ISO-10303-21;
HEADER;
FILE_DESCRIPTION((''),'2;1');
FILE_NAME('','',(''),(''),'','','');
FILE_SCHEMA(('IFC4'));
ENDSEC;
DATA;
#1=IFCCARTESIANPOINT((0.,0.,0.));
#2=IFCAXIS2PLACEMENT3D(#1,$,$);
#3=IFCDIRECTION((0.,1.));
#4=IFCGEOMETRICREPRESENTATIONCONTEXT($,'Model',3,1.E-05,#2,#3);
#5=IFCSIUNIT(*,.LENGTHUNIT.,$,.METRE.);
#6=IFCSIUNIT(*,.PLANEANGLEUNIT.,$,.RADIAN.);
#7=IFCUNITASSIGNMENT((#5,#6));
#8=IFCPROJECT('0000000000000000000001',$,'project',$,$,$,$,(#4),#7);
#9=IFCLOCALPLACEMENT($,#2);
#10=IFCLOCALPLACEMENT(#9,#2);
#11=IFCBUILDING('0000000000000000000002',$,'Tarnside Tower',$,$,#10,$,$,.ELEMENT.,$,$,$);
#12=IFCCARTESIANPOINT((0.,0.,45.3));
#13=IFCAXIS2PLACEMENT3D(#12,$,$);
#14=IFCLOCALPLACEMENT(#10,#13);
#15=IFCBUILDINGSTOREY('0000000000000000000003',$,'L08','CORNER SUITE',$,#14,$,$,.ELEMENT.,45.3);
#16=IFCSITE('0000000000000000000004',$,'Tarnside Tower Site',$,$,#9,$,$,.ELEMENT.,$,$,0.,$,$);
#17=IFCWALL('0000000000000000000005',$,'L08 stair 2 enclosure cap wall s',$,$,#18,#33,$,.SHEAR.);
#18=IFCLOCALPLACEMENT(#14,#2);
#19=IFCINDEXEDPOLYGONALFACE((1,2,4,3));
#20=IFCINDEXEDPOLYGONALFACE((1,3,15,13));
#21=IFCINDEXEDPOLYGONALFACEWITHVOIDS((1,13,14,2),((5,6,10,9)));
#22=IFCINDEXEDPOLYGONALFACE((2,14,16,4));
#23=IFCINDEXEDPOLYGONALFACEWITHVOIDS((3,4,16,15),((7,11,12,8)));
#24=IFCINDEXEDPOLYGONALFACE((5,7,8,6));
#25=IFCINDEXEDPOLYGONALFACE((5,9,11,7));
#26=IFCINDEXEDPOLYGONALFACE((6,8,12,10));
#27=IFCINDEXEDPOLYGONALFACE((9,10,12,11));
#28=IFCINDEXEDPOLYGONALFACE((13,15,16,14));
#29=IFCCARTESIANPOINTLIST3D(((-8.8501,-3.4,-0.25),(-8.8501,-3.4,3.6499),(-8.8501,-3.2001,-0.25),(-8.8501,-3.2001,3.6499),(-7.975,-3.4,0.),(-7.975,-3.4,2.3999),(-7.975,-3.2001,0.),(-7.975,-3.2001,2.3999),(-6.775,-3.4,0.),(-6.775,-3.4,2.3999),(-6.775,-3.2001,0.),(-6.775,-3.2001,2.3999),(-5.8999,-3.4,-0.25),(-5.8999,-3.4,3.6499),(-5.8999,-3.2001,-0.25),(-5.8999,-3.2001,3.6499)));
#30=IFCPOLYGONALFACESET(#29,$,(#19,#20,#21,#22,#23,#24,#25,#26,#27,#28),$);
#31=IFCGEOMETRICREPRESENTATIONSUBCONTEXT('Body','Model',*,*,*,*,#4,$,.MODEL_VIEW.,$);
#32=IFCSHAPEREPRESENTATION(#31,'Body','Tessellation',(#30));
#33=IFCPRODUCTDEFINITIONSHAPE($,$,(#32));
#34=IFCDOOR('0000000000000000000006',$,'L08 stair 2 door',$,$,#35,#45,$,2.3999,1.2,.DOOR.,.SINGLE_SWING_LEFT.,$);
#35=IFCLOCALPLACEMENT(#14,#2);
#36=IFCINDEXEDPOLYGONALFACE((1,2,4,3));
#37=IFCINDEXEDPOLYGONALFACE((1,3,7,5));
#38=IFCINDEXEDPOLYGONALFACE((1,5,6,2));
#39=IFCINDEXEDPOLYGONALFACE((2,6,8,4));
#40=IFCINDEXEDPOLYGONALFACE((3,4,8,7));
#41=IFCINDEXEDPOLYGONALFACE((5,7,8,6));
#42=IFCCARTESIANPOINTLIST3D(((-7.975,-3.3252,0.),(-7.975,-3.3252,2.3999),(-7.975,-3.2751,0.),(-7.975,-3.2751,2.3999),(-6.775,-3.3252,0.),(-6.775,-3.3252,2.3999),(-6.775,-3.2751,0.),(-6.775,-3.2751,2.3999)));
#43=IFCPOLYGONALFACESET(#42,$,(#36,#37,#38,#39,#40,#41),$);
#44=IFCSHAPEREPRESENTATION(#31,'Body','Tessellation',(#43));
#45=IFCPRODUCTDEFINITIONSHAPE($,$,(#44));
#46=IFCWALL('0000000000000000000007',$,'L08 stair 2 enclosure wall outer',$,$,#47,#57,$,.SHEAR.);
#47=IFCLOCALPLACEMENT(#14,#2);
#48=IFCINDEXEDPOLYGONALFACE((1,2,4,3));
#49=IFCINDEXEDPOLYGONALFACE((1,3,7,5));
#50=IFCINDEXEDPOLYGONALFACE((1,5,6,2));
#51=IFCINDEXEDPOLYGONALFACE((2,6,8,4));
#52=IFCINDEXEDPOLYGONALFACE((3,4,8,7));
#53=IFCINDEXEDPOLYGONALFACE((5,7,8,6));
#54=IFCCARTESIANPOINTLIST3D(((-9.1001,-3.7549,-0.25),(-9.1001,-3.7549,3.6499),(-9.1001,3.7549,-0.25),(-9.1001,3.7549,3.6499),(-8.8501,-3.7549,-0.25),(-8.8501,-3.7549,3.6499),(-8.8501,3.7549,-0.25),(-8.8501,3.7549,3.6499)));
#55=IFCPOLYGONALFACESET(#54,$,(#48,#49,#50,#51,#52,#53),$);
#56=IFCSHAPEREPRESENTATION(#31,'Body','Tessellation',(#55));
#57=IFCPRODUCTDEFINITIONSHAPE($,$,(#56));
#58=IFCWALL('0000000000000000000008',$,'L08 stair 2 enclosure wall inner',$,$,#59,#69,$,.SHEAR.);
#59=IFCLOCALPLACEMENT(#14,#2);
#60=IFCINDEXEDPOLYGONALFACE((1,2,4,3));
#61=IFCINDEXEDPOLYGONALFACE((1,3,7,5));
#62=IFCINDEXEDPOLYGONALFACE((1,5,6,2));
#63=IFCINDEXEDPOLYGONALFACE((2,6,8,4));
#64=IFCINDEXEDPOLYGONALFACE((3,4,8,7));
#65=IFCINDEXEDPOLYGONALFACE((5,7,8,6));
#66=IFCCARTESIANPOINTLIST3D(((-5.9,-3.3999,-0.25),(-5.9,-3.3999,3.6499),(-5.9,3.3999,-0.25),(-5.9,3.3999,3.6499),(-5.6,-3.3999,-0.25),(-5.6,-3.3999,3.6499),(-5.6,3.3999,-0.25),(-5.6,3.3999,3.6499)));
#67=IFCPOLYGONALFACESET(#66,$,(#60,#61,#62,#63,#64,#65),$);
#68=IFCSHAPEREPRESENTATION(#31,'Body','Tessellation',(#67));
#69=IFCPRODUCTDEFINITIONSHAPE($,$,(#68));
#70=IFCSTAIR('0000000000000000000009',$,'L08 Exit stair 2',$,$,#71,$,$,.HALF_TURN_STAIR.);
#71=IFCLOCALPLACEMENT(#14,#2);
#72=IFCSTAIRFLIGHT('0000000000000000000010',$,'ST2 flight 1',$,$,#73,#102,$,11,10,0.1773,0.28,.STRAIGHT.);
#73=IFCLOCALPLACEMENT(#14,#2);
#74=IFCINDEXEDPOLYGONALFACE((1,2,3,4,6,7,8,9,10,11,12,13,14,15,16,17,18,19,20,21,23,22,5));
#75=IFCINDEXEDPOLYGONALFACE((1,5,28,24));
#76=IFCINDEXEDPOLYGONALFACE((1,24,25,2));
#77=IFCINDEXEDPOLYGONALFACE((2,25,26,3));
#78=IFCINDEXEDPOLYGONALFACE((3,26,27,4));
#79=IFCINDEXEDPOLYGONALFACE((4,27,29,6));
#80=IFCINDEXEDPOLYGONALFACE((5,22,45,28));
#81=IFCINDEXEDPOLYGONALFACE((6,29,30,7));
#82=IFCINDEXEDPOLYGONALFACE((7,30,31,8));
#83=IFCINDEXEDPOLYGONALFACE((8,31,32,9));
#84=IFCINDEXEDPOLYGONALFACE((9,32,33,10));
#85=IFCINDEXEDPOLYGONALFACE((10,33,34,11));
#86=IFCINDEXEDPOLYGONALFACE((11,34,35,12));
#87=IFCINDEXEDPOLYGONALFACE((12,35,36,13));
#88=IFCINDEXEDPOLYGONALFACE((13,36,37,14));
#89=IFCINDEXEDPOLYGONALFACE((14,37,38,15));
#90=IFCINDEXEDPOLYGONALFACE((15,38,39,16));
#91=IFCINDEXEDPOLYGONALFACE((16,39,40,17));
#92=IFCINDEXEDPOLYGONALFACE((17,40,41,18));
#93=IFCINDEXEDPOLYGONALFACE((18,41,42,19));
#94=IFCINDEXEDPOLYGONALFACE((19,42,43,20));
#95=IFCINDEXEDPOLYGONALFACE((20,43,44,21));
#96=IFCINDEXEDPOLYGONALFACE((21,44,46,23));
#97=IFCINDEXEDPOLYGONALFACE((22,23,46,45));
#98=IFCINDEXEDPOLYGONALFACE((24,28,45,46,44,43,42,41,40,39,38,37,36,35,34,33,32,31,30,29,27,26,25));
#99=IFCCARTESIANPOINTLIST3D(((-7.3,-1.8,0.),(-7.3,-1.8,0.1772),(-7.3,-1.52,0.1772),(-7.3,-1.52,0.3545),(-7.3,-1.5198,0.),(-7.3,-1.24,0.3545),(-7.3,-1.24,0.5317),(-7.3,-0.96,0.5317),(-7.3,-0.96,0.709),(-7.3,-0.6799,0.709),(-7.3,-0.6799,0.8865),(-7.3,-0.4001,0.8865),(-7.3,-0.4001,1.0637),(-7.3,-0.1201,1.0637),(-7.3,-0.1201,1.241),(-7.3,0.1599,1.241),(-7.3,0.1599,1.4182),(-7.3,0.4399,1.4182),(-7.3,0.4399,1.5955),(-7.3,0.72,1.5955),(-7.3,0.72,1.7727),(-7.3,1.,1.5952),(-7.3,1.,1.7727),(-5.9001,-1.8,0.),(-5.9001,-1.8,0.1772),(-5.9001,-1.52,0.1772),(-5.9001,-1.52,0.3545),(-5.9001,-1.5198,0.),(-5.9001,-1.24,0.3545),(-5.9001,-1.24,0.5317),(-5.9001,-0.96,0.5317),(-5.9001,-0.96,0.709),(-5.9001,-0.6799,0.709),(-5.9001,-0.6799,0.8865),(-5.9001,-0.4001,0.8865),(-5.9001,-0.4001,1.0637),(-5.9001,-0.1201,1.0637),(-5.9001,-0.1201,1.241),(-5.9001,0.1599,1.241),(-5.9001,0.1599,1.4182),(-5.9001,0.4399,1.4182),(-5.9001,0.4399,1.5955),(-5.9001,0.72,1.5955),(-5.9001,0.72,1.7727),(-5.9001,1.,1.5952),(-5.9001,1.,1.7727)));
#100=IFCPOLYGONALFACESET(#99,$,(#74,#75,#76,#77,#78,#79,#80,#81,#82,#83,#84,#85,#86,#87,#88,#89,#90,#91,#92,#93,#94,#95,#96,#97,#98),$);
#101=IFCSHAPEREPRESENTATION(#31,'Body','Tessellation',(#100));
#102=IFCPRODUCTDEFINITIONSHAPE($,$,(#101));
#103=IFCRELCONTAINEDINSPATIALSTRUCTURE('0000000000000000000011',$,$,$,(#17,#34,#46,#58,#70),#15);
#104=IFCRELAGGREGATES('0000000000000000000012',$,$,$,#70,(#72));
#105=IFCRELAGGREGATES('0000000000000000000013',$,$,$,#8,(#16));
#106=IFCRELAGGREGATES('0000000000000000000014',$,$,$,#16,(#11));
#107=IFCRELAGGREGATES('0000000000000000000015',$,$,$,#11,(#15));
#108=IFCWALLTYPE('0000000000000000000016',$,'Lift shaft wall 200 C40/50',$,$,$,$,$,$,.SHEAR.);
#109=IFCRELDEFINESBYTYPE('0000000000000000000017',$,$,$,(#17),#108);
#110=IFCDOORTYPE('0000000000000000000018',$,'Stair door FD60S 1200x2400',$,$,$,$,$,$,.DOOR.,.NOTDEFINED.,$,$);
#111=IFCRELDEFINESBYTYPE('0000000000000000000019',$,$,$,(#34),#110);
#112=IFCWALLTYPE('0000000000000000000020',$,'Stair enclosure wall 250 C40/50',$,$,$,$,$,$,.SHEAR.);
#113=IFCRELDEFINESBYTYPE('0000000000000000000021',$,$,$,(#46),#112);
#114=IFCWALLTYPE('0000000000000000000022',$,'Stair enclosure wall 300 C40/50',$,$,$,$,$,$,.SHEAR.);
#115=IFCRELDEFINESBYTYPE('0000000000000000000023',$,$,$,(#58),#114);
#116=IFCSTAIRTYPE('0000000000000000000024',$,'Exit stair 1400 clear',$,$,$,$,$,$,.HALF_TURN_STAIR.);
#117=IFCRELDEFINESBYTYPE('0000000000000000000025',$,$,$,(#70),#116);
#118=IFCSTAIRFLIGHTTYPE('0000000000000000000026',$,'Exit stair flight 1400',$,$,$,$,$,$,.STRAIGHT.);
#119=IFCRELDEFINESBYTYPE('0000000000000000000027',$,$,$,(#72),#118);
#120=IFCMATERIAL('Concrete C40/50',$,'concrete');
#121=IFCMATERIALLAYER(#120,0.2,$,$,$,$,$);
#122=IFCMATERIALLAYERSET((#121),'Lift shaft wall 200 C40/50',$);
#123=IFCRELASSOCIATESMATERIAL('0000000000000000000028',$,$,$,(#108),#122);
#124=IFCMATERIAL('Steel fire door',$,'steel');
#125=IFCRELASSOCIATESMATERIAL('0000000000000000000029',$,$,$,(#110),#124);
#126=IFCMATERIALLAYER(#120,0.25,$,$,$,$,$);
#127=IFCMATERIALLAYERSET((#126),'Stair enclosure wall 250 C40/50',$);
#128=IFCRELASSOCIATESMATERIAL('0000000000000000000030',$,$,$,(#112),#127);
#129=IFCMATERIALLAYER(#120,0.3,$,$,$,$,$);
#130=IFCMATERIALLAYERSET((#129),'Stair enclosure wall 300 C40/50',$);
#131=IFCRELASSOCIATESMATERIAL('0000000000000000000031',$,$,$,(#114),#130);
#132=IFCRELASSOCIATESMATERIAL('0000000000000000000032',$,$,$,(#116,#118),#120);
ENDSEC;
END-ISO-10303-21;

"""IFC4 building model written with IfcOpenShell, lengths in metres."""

from ifc_helpers import new_model, si_unit, direction, frame, frame_2d, origin, place, context, subcontext, project, spatial, polyline, rectangle, outline, extrude, material, layer, layer_set, type_object, element, fill, aggregate, save


model = new_model("IFC4")

# Units and contexts
model_context = context("Model", 3, precision=1e-05, world=origin(), true_north=direction((0.0, 1.0)))
body_context = subcontext(model_context, "Body", "Model", "MODEL_VIEW")
ifc_project = project(units=[si_unit("LENGTHUNIT", "METRE"), si_unit("PLANEANGLEUNIT", "RADIAN")], contexts=[model_context])

# Site, building, storey
site_placement = place(None, origin())
site = spatial("IfcSite", under=ifc_project, at=site_placement, Name="Tarnside Tower Site", CompositionType="ELEMENT", RefElevation=0.0)
building_placement = place(site_placement, origin())
building = spatial("IfcBuilding", under=site, at=building_placement, Name="Tarnside Tower", CompositionType="ELEMENT")
storey_placement = place(building_placement, frame((0.0, 0.0, 45.3)))
storey = spatial("IfcBuildingStorey", under=building, at=storey_placement, Name="L08", Description="CORNER SUITE", CompositionType="ELEMENT", Elevation=45.3)

# Shared definitions
ifc_material_1 = material(Name="Steel fire door", Category="steel")

# Shared definitions
ifc_material_2 = material(Name="Concrete C40/50", Category="concrete")

# Shared definitions
ifc_layer_1 = layer(ifc_material_2, 0.2)
ifc_layer_set_1 = layer_set([ifc_layer_1], Name="Lift shaft wall 200 C40/50")
wall_type_1 = type_object("IfcWallType", Name="Lift shaft wall 200 C40/50", PredefinedType="SHEAR", material=ifc_layer_set_1)

# Wall, opening, door
wall_1_placement = place(storey_placement, frame((-8.8501, -3.3, -0.25), z_axis=(0.0, 0.0, 1.0), x_axis=(1.0, 0.0, 0.0)))
wall_1 = element("IfcWall", 1, at=wall_1_placement, inside=storey, type_object=wall_type_1, Name="L08 stair 2 enclosure cap wall s", PredefinedType="SHEAR", context=body_context, shape_type="SweptSolid", body=[
    extrude(rectangle(XDim=2.9502, YDim=0.2, at=frame_2d((1.4751, 0.0))), origin(), (0.0, 0.0, 1.0), 3.8999),
])
opening_1_placement = place(wall_1_placement, frame((0.875, 0.0, 0.25)))
opening_1 = element("IfcOpeningElement", 2, at=opening_1_placement, cuts=wall_1, PredefinedType="OPENING", context=body_context, shape_type="SweptSolid", body=[
    extrude(rectangle(XDim=1.2, YDim=2.3999, at=frame_2d((0.6001, 1.2))), frame((0.0, 0.1099, 0.0), z_axis=(0.0, -1.0, 0.0), x_axis=(1.0, 0.0, 0.0)), (0.0, 0.0, 1.0), 0.22),
])
door_type_1 = type_object("IfcDoorType", Name="Stair door FD60S 1200x2400", OperationType="NOTDEFINED", PredefinedType="DOOR", material=ifc_material_1)
door_1_placement = place(opening_1_placement, origin())
door_1 = element("IfcDoor", 3, at=door_1_placement, inside=storey, type_object=door_type_1, Name="L08 stair 2 door", OperationType="SINGLE_SWING_LEFT", OverallHeight=2.3999, OverallWidth=1.2, PredefinedType="DOOR", context=body_context, shape_type="SweptSolid", body=[
    extrude(rectangle(XDim=1.2, YDim=2.3999, at=frame_2d((0.6001, 1.2))), frame((0.0, 0.0249, 0.0), z_axis=(0.0, -1.0, 0.0), x_axis=(1.0, 0.0, 0.0)), (0.0, 0.0, 1.0), 0.05),
])
fill(opening_1, door_1)

# Walls
ifc_layer_2 = layer(ifc_material_2, 0.25)
ifc_layer_set_2 = layer_set([ifc_layer_2], Name="Stair enclosure wall 250 C40/50")
wall_type_2 = type_object("IfcWallType", Name="Stair enclosure wall 250 C40/50", PredefinedType="SHEAR", material=ifc_layer_set_2)
wall_2_placement = place(storey_placement, frame((-8.9751, -3.7549, -0.25), z_axis=(0.0, 0.0, 1.0), x_axis=(0.0, 1.0, 0.0)))
element("IfcWall", 4, at=wall_2_placement, inside=storey, type_object=wall_type_2, Name="L08 stair 2 enclosure wall outer", PredefinedType="SHEAR", context=body_context, shape_type="SweptSolid", body=[
    extrude(rectangle(XDim=7.5098, YDim=0.25, at=frame_2d((3.7549, 0.0))), origin(), (0.0, 0.0, 1.0), 3.8999),
])
ifc_layer_3 = layer(ifc_material_2, 0.3)
ifc_layer_set_3 = layer_set([ifc_layer_3], Name="Stair enclosure wall 300 C40/50")
wall_type_3 = type_object("IfcWallType", Name="Stair enclosure wall 300 C40/50", PredefinedType="SHEAR", material=ifc_layer_set_3)
wall_3_placement = place(storey_placement, frame((-5.75, -3.3999, -0.25), z_axis=(0.0, 0.0, 1.0), x_axis=(0.0, 1.0, 0.0)))
element("IfcWall", 5, at=wall_3_placement, inside=storey, type_object=wall_type_3, Name="L08 stair 2 enclosure wall inner", PredefinedType="SHEAR", context=body_context, shape_type="SweptSolid", body=[
    extrude(rectangle(XDim=6.7998, YDim=0.3, at=frame_2d((3.3999, 0.0))), origin(), (0.0, 0.0, 1.0), 3.8999),
])

# Stair, stair flight
stair_type = type_object("IfcStairType", Name="Exit stair 1400 clear", PredefinedType="HALF_TURN_STAIR", material=ifc_material_2)
stair_placement = place(storey_placement, origin())
stair = element("IfcStair", 6, at=stair_placement, inside=storey, type_object=stair_type, Name="L08 Exit stair 2", PredefinedType="HALF_TURN_STAIR")
stair_flight_type = type_object("IfcStairFlightType", Name="Exit stair flight 1400", PredefinedType="STRAIGHT", material=ifc_material_2)
stair_flight_placement = place(storey_placement, frame((-6.6001, -1.8, 0.0), z_axis=(0.0, 0.0, 1.0), x_axis=(0.0, 1.0, 0.0)))
stair_flight = element("IfcStairFlight", 7, at=stair_flight_placement, type_object=stair_flight_type, Name="ST2 flight 1", NumberOfRisers=11, NumberOfTreads=10, PredefinedType="STRAIGHT", RiserHeight=0.1773, TreadLength=0.28, context=body_context, shape_type="SweptSolid", body=[
    extrude(outline(polyline([(0.0, 0.0), (0.0, 0.1772), (0.28, 0.1772), (0.28, 0.3545), (0.5601, 0.3545), (0.5601, 0.5317), (0.8401, 0.5317), (0.8401, 0.709), (1.1201, 0.709), (1.1201, 0.8865), (1.3999, 0.8865), (1.3999, 1.0637), (1.6799, 1.0637), (1.6799, 1.241), (1.96, 1.241), (1.96, 1.4182), (2.24, 1.4182), (2.24, 1.5955), (2.52, 1.5955), (2.52, 1.7727), (2.8, 1.7727), (2.8, 1.95), (2.8, 1.5952), (0.2803, 0.0), (0.0, 0.0)])), frame((0.0, 0.7, 0.0), z_axis=(0.0, -1.0, 0.0), x_axis=(1.0, 0.0, 0.0)), (0.0, 0.0, 1.0), 1.3999),
])
aggregate(stair, [stair_flight])

save(model, "model.ifc")
